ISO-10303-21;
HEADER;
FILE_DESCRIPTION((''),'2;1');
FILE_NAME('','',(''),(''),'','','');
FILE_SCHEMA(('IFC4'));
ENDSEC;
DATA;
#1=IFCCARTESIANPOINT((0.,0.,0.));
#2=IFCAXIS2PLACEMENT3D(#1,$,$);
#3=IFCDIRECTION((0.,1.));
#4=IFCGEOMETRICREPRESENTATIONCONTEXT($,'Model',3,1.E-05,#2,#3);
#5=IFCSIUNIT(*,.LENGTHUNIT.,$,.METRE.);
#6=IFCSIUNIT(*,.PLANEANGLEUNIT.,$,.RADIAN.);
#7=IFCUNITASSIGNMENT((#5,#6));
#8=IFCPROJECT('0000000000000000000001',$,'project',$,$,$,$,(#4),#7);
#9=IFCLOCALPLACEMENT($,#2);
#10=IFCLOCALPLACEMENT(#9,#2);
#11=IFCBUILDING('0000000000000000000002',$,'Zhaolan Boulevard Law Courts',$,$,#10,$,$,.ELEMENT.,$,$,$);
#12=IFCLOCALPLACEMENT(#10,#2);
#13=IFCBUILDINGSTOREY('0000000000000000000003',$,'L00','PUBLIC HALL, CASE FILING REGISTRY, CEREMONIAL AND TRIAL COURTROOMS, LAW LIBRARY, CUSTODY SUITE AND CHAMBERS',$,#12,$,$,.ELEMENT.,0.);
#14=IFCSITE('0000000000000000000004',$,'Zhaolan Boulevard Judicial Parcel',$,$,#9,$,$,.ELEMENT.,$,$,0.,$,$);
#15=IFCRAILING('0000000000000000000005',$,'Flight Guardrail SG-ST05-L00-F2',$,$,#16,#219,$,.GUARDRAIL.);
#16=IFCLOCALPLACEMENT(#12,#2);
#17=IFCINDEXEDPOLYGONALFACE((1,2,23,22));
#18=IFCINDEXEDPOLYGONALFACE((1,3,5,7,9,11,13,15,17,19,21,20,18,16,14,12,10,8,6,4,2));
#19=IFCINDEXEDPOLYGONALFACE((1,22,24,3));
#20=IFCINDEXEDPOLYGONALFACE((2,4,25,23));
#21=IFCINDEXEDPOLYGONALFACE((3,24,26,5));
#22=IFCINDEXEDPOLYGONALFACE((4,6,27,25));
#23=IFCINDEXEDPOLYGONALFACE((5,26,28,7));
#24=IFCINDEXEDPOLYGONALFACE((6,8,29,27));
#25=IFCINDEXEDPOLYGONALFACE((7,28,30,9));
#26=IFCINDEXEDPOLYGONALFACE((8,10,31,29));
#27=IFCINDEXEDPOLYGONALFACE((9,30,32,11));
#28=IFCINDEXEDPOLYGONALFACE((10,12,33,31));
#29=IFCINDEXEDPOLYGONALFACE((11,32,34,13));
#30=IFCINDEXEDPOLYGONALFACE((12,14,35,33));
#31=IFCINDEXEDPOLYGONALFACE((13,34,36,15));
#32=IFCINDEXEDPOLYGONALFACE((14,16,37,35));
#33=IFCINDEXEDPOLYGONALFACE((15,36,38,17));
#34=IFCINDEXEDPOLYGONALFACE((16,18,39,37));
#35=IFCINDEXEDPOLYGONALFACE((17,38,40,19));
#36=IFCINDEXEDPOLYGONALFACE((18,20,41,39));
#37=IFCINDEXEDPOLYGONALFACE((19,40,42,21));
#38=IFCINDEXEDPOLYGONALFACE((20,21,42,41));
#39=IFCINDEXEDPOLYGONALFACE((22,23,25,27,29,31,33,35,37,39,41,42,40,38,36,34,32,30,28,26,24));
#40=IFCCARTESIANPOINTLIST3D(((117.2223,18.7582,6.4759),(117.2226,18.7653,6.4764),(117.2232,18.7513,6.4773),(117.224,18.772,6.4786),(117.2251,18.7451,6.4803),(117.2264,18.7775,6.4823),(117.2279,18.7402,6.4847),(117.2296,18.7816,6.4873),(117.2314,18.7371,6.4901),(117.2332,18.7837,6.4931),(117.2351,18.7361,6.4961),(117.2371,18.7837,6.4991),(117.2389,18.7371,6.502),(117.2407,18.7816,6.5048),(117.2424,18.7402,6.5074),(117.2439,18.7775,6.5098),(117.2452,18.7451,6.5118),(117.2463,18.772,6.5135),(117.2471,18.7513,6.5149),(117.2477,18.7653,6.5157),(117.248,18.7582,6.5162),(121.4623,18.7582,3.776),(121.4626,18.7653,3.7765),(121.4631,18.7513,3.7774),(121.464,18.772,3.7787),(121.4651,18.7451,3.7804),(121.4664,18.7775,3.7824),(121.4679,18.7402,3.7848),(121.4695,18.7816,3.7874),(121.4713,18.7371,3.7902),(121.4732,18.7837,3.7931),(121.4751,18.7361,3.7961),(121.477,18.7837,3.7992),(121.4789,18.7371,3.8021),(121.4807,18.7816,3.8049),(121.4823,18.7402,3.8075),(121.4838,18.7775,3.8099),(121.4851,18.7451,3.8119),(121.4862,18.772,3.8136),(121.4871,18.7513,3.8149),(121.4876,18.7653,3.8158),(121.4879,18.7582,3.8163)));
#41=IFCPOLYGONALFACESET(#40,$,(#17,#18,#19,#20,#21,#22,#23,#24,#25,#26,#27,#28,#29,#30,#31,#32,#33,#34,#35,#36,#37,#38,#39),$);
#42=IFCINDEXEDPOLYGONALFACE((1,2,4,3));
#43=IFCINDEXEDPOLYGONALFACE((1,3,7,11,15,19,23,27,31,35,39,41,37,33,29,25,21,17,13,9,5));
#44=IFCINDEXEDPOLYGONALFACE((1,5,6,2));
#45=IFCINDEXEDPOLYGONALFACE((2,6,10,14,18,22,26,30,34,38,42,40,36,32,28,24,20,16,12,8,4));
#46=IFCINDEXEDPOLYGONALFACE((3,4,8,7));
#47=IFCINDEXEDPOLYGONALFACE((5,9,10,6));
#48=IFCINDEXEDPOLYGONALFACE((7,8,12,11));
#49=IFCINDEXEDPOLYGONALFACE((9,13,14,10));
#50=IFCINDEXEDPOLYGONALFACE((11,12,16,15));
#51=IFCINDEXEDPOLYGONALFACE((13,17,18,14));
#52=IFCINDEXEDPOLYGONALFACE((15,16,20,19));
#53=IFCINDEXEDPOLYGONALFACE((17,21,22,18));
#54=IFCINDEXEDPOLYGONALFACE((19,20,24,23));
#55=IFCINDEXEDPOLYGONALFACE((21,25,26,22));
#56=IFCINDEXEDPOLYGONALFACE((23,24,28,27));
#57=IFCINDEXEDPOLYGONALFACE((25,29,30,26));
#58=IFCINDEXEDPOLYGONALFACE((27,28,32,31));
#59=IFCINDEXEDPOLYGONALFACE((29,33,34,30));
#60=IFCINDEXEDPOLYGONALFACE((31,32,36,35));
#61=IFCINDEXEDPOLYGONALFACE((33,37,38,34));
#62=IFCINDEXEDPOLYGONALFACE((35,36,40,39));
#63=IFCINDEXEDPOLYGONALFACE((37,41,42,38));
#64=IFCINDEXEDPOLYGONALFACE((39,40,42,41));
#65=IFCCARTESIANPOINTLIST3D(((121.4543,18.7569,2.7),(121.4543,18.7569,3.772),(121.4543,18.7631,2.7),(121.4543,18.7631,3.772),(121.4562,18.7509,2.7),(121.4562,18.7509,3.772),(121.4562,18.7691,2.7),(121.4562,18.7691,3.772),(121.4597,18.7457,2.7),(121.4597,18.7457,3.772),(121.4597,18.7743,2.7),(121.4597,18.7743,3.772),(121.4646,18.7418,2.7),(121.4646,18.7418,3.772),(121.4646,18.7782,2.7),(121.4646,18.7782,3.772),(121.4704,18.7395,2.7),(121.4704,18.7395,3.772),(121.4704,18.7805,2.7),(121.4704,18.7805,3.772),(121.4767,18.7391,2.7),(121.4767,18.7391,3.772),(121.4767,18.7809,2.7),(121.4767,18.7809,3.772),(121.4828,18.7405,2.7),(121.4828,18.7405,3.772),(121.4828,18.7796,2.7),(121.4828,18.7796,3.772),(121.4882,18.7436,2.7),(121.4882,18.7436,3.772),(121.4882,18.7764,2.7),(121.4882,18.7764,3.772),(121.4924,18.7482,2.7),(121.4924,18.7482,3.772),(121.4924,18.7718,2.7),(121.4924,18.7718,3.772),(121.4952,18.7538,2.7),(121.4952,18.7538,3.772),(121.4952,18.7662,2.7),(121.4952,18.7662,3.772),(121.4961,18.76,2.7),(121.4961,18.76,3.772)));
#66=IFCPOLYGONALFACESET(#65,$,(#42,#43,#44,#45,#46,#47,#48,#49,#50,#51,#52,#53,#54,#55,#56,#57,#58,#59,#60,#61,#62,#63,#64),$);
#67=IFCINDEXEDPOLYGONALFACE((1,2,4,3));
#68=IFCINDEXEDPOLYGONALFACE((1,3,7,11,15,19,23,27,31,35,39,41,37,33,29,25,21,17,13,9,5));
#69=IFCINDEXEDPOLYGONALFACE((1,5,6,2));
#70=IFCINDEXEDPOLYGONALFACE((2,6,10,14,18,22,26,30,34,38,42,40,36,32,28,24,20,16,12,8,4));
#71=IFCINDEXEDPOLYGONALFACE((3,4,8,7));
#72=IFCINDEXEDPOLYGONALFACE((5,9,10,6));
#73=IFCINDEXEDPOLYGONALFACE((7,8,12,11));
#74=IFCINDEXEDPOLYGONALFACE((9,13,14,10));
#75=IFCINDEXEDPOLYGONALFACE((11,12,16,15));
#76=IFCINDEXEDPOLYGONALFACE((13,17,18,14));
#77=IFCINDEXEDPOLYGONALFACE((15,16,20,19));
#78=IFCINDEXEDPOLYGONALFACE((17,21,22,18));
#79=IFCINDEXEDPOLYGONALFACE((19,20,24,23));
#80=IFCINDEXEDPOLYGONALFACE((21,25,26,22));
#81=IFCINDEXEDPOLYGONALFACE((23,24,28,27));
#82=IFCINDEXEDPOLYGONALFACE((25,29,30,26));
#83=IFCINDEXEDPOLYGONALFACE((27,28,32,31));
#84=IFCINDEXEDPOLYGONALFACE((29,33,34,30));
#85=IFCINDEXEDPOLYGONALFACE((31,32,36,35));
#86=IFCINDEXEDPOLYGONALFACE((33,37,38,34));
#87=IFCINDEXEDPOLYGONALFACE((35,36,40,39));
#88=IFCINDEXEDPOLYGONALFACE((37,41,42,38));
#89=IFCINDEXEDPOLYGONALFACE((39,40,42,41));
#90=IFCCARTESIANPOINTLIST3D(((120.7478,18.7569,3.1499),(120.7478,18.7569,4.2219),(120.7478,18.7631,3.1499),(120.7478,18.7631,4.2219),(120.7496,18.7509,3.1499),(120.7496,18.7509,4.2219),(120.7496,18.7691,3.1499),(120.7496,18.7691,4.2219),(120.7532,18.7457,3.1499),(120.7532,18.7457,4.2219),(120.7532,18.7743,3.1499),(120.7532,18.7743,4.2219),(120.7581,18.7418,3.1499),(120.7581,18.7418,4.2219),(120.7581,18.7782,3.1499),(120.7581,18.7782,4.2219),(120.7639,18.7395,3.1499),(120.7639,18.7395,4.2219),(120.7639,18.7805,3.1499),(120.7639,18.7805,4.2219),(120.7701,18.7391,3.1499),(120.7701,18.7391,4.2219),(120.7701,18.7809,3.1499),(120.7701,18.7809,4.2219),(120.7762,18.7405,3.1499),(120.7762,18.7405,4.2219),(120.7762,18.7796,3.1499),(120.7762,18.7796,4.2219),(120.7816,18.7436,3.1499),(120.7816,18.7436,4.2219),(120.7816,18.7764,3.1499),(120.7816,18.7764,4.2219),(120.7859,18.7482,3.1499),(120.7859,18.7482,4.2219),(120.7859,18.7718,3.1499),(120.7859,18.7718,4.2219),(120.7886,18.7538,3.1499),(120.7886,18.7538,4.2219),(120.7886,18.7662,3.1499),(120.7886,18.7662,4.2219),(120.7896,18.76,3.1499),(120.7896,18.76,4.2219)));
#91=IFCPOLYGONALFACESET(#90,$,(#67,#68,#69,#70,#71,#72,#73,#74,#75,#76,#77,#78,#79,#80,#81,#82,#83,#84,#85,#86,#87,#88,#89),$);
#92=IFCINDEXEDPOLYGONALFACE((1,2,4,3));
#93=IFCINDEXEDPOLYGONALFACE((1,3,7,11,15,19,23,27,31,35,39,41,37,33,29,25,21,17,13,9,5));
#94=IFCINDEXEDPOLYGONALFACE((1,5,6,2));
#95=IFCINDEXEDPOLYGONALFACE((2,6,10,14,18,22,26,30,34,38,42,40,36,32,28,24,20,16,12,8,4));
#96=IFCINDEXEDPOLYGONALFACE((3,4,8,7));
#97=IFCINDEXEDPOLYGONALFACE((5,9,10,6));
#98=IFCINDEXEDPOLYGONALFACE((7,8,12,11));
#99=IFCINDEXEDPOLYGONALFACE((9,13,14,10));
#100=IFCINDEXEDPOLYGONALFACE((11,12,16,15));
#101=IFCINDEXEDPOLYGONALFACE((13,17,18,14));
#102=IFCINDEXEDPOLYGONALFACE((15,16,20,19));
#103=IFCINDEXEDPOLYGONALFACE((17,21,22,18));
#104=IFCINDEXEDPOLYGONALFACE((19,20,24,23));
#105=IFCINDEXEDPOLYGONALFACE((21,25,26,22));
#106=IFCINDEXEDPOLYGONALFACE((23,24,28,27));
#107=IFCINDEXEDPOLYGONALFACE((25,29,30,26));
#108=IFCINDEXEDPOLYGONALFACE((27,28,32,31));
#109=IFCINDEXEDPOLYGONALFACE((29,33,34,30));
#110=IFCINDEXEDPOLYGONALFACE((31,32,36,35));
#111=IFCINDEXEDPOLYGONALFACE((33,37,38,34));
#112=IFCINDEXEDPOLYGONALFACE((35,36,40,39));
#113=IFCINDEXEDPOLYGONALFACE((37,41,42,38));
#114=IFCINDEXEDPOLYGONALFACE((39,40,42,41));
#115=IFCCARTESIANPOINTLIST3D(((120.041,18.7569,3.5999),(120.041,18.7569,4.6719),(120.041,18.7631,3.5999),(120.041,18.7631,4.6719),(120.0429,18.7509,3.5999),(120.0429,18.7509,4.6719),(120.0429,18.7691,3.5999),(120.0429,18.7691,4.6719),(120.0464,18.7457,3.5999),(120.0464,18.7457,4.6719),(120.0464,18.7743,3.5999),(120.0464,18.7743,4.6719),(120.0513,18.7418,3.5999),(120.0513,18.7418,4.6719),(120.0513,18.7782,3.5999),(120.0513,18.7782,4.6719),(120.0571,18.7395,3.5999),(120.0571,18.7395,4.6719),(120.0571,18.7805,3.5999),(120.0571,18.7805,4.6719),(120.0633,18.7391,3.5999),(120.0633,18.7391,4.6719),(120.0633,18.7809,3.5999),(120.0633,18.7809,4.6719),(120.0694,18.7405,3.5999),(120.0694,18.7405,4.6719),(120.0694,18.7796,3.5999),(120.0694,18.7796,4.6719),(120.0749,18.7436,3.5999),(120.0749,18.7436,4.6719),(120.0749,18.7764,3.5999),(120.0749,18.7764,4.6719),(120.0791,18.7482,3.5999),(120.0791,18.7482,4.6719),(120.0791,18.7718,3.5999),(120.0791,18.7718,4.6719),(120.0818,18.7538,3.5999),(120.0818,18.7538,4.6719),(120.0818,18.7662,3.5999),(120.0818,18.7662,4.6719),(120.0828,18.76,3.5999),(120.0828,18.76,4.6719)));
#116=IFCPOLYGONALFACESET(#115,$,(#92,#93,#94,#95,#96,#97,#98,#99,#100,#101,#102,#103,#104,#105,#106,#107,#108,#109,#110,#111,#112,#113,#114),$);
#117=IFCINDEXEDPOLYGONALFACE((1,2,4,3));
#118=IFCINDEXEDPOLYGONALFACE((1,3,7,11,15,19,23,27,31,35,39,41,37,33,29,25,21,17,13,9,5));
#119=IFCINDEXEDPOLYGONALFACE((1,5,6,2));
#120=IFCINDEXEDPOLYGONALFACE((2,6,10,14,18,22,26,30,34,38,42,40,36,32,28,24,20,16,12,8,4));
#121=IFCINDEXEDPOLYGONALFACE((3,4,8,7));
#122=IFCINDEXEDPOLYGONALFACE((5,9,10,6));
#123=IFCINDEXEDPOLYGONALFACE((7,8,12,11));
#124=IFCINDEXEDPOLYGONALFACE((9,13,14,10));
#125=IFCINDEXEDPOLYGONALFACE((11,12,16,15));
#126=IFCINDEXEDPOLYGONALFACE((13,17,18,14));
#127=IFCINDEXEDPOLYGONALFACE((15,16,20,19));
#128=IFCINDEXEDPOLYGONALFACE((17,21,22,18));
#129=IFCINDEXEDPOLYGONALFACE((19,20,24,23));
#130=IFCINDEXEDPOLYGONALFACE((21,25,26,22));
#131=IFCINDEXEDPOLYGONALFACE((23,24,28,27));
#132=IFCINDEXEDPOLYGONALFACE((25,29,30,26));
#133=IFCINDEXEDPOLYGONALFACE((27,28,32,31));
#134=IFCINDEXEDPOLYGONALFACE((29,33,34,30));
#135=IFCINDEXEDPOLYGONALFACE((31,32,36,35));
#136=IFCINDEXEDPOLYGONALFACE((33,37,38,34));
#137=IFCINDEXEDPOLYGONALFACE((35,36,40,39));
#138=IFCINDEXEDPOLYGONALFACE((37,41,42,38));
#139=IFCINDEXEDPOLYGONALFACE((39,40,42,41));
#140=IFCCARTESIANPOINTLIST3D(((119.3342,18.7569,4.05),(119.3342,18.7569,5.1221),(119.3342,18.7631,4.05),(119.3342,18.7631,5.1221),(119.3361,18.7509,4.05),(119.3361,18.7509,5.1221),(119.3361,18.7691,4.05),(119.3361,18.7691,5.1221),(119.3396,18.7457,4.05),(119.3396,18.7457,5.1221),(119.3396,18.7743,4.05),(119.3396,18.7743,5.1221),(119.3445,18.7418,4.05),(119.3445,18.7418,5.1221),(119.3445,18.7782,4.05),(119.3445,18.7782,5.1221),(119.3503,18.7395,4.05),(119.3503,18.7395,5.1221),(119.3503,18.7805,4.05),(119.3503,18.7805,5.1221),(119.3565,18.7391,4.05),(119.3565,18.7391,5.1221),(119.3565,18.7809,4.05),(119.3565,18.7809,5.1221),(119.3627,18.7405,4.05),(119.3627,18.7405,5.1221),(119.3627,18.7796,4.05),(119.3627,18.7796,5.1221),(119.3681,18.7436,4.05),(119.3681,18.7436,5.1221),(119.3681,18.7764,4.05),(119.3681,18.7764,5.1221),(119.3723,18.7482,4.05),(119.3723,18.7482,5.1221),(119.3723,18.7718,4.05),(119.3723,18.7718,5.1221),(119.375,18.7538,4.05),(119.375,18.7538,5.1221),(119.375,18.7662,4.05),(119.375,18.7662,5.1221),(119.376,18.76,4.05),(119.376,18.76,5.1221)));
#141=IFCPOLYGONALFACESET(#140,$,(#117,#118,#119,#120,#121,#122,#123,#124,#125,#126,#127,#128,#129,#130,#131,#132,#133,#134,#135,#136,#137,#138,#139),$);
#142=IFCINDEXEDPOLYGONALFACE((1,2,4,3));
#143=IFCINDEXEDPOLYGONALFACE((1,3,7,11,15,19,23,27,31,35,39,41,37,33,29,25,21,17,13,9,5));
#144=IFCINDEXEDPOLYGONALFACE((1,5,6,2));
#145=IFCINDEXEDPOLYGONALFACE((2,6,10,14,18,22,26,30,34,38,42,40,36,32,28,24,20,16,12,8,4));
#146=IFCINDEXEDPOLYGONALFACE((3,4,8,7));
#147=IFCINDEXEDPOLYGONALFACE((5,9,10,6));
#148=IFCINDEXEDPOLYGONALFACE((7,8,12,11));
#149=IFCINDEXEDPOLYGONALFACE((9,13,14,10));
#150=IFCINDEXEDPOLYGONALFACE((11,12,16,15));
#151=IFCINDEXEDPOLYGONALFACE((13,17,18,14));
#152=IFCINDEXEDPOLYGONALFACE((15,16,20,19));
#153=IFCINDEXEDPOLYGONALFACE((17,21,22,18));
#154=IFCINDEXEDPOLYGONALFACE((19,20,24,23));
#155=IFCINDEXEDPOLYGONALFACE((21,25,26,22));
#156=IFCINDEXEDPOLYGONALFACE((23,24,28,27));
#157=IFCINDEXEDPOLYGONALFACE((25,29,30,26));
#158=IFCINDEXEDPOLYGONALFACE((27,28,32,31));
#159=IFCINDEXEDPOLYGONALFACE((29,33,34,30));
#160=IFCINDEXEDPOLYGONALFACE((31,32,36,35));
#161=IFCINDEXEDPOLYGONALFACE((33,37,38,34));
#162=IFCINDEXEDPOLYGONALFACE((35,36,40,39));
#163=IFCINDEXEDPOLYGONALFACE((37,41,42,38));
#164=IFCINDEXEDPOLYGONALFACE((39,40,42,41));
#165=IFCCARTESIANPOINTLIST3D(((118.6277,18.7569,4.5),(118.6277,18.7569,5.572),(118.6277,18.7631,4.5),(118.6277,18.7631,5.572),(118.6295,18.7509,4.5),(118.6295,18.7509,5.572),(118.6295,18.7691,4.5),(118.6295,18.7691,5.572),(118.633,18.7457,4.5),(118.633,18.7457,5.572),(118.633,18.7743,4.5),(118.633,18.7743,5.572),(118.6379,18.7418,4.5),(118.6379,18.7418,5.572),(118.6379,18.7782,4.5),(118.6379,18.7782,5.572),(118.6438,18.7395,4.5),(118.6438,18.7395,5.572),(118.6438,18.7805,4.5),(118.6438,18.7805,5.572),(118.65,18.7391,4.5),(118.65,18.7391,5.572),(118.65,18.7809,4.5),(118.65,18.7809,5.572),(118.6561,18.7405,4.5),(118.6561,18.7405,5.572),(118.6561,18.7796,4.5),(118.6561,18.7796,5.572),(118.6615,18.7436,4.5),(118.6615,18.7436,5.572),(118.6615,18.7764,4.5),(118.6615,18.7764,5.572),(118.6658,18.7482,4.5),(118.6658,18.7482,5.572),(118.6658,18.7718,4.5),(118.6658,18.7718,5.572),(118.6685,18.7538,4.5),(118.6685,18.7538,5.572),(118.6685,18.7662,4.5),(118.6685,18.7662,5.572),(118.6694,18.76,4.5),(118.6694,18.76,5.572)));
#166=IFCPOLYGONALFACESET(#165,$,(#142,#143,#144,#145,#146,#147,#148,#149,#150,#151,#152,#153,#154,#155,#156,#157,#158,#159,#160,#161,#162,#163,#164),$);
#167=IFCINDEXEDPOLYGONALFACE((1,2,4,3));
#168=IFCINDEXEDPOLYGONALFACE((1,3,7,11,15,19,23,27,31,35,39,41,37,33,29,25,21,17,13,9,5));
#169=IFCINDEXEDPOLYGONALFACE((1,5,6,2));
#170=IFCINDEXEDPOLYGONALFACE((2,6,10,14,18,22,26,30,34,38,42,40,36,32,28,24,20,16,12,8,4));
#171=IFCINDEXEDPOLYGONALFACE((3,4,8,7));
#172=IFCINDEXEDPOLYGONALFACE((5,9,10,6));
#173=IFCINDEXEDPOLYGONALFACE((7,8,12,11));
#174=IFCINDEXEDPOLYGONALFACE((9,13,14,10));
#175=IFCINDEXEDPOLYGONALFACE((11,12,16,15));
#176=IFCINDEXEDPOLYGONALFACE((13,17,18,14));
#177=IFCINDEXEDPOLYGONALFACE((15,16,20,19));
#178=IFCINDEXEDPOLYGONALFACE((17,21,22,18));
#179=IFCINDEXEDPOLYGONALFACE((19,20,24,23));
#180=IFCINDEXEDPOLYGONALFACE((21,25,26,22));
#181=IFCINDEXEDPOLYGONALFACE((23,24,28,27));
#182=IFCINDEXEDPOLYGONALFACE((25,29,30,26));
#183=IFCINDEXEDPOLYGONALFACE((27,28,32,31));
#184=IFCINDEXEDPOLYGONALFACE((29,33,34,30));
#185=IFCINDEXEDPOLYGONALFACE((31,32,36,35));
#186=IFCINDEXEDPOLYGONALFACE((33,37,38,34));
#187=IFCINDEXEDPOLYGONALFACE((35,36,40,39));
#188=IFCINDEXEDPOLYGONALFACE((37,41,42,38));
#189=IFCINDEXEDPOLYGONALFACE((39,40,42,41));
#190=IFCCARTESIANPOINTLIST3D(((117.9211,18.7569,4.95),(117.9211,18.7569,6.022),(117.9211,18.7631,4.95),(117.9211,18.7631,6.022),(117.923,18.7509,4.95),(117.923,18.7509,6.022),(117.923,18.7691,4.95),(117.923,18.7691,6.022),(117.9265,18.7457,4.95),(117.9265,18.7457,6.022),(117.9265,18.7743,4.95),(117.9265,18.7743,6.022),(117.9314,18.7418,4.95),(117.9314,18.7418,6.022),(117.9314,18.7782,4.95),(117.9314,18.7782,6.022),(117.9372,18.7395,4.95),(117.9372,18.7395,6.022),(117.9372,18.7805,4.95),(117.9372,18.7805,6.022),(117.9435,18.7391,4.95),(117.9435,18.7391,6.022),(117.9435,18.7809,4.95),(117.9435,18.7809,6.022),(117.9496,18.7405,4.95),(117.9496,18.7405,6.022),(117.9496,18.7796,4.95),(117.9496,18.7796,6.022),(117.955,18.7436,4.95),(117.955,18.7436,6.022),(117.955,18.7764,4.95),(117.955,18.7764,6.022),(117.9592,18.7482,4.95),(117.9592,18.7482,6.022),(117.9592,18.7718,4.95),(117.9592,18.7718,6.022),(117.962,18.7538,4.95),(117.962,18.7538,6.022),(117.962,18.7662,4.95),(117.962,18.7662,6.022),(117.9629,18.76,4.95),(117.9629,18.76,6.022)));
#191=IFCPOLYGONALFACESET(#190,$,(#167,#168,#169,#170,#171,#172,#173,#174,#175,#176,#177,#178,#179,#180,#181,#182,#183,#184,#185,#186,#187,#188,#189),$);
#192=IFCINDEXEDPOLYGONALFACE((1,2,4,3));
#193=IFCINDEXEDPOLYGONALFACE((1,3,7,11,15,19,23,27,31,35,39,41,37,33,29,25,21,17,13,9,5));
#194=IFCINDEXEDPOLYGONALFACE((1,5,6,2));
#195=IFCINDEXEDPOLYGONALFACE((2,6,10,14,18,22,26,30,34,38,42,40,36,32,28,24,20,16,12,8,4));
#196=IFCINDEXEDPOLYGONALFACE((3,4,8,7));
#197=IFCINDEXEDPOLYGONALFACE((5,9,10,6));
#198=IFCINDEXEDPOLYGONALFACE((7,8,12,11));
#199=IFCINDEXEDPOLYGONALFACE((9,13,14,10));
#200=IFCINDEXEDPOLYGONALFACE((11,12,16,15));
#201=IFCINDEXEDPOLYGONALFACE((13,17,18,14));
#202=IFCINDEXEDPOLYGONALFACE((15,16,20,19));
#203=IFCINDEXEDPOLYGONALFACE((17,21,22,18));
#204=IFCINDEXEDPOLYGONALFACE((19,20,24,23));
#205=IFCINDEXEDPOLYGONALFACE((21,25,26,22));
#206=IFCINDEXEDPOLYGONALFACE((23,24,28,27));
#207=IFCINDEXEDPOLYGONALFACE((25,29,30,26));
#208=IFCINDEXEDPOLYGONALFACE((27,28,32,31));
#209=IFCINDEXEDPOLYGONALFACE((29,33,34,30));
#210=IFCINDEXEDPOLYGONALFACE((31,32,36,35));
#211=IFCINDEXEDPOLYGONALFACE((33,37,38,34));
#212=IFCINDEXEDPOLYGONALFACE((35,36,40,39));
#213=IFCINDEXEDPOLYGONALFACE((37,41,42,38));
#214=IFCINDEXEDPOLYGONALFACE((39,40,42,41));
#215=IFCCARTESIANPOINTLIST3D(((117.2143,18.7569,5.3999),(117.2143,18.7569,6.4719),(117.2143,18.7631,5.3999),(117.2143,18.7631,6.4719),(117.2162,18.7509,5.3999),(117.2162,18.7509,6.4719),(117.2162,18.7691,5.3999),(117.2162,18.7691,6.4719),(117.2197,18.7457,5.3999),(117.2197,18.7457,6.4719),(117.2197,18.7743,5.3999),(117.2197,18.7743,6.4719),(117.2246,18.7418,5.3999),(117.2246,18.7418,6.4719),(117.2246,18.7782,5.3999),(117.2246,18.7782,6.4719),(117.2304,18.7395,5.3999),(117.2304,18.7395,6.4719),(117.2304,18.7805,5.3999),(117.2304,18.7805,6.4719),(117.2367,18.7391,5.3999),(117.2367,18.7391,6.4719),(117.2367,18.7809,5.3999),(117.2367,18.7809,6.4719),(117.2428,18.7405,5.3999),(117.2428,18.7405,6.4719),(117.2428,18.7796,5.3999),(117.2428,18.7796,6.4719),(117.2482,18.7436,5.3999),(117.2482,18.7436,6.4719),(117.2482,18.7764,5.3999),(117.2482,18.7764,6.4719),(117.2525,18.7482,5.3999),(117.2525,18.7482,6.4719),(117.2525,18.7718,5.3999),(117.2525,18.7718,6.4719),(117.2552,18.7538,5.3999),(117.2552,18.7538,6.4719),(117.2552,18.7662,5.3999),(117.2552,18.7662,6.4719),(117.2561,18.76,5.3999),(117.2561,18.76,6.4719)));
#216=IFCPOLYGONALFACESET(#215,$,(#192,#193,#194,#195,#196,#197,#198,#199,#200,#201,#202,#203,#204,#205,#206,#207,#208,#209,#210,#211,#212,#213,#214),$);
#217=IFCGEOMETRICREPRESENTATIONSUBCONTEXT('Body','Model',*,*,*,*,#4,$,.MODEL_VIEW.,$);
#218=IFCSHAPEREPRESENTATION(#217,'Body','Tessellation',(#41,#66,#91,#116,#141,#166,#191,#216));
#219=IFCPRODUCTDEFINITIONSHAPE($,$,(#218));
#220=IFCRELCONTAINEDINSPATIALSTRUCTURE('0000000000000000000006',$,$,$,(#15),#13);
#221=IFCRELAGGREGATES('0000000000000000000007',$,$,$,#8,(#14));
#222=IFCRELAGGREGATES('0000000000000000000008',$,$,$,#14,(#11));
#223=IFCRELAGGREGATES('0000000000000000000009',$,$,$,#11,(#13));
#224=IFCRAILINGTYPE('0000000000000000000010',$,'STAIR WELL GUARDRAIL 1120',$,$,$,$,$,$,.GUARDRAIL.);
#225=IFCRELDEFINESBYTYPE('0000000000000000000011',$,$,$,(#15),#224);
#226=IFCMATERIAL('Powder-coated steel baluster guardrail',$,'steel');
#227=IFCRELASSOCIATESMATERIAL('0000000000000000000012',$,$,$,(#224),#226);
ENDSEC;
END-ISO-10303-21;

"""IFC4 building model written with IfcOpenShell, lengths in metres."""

from ifc_helpers import new_model, si_unit, direction, frame, origin, origin_2d, place, context, subcontext, project, spatial, circle, extrude, material, type_object, element, save


model = new_model("IFC4")

# Units and contexts
model_context = context("Model", 3, precision=1e-05, world=origin(), true_north=direction((0.0, 1.0)))
body_context = subcontext(model_context, "Body", "Model", "MODEL_VIEW")
ifc_project = project(units=[si_unit("LENGTHUNIT", "METRE"), si_unit("PLANEANGLEUNIT", "RADIAN")], contexts=[model_context])

# Site, building, storey
site_placement = place(None, origin())
site = spatial("IfcSite", under=ifc_project, at=site_placement, Name="Zhaolan Boulevard Judicial Parcel", CompositionType="ELEMENT", RefElevation=0.0)
building_placement = place(site_placement, origin())
building = spatial("IfcBuilding", under=site, at=building_placement, Name="Zhaolan Boulevard Law Courts", CompositionType="ELEMENT")
storey_placement = place(building_placement, origin())
storey = spatial("IfcBuildingStorey", under=building, at=storey_placement, Name="L00", Description="PUBLIC HALL, CASE FILING REGISTRY, CEREMONIAL AND TRIAL COURTROOMS, LAW LIBRARY, CUSTODY SUITE AND CHAMBERS", CompositionType="ELEMENT", Elevation=0.0)

# Railing
ifc_material_1 = material(Name="Powder-coated steel baluster guardrail", Category="steel")
railing_type = type_object("IfcRailingType", Name="STAIR WELL GUARDRAIL 1120", PredefinedType="GUARDRAIL", material=ifc_material_1)
railing_placement = place(storey_placement, frame((121.4751, 18.76, 2.7)))
element("IfcRailing", 1, at=railing_placement, inside=storey, type_object=railing_type, Name="Flight Guardrail SG-ST05-L00-F2", PredefinedType="GUARDRAIL", context=body_context, shape_type="SweptSolid", body=[
    extrude(circle(Radius=0.0239, at=origin_2d()), frame((0.0, 0.0, 1.0962), z_axis=(-0.843501, 0.0, 0.537127), x_axis=(0.0, -1.0, 0.0)), (0.0, 0.0, 1.0), 5.0266),
    extrude(circle(Radius=0.021, at=origin_2d()), origin(), (0.0, 0.0, 1.0), 1.072),
    extrude(circle(Radius=0.021, at=origin_2d()), frame((-0.7065, 0.0, 0.45)), (0.0, 0.0, 1.0), 1.072),
    extrude(circle(Radius=0.021, at=origin_2d()), frame((-1.4133, 0.0, 0.8999)), (0.0, 0.0, 1.0), 1.072),
    extrude(circle(Radius=0.021, at=origin_2d()), frame((-2.1201, 0.0, 1.3501)), (0.0, 0.0, 1.0), 1.072),
    extrude(circle(Radius=0.021, at=origin_2d()), frame((-2.8267, 0.0, 1.8)), (0.0, 0.0, 1.0), 1.072),
    extrude(circle(Radius=0.021, at=origin_2d()), frame((-3.5332, 0.0, 2.25)), (0.0, 0.0, 1.0), 1.072),
    extrude(circle(Radius=0.021, at=origin_2d()), frame((-4.24, 0.0, 2.7)), (0.0, 0.0, 1.0), 1.072),
])

save(model, "model.ifc")
